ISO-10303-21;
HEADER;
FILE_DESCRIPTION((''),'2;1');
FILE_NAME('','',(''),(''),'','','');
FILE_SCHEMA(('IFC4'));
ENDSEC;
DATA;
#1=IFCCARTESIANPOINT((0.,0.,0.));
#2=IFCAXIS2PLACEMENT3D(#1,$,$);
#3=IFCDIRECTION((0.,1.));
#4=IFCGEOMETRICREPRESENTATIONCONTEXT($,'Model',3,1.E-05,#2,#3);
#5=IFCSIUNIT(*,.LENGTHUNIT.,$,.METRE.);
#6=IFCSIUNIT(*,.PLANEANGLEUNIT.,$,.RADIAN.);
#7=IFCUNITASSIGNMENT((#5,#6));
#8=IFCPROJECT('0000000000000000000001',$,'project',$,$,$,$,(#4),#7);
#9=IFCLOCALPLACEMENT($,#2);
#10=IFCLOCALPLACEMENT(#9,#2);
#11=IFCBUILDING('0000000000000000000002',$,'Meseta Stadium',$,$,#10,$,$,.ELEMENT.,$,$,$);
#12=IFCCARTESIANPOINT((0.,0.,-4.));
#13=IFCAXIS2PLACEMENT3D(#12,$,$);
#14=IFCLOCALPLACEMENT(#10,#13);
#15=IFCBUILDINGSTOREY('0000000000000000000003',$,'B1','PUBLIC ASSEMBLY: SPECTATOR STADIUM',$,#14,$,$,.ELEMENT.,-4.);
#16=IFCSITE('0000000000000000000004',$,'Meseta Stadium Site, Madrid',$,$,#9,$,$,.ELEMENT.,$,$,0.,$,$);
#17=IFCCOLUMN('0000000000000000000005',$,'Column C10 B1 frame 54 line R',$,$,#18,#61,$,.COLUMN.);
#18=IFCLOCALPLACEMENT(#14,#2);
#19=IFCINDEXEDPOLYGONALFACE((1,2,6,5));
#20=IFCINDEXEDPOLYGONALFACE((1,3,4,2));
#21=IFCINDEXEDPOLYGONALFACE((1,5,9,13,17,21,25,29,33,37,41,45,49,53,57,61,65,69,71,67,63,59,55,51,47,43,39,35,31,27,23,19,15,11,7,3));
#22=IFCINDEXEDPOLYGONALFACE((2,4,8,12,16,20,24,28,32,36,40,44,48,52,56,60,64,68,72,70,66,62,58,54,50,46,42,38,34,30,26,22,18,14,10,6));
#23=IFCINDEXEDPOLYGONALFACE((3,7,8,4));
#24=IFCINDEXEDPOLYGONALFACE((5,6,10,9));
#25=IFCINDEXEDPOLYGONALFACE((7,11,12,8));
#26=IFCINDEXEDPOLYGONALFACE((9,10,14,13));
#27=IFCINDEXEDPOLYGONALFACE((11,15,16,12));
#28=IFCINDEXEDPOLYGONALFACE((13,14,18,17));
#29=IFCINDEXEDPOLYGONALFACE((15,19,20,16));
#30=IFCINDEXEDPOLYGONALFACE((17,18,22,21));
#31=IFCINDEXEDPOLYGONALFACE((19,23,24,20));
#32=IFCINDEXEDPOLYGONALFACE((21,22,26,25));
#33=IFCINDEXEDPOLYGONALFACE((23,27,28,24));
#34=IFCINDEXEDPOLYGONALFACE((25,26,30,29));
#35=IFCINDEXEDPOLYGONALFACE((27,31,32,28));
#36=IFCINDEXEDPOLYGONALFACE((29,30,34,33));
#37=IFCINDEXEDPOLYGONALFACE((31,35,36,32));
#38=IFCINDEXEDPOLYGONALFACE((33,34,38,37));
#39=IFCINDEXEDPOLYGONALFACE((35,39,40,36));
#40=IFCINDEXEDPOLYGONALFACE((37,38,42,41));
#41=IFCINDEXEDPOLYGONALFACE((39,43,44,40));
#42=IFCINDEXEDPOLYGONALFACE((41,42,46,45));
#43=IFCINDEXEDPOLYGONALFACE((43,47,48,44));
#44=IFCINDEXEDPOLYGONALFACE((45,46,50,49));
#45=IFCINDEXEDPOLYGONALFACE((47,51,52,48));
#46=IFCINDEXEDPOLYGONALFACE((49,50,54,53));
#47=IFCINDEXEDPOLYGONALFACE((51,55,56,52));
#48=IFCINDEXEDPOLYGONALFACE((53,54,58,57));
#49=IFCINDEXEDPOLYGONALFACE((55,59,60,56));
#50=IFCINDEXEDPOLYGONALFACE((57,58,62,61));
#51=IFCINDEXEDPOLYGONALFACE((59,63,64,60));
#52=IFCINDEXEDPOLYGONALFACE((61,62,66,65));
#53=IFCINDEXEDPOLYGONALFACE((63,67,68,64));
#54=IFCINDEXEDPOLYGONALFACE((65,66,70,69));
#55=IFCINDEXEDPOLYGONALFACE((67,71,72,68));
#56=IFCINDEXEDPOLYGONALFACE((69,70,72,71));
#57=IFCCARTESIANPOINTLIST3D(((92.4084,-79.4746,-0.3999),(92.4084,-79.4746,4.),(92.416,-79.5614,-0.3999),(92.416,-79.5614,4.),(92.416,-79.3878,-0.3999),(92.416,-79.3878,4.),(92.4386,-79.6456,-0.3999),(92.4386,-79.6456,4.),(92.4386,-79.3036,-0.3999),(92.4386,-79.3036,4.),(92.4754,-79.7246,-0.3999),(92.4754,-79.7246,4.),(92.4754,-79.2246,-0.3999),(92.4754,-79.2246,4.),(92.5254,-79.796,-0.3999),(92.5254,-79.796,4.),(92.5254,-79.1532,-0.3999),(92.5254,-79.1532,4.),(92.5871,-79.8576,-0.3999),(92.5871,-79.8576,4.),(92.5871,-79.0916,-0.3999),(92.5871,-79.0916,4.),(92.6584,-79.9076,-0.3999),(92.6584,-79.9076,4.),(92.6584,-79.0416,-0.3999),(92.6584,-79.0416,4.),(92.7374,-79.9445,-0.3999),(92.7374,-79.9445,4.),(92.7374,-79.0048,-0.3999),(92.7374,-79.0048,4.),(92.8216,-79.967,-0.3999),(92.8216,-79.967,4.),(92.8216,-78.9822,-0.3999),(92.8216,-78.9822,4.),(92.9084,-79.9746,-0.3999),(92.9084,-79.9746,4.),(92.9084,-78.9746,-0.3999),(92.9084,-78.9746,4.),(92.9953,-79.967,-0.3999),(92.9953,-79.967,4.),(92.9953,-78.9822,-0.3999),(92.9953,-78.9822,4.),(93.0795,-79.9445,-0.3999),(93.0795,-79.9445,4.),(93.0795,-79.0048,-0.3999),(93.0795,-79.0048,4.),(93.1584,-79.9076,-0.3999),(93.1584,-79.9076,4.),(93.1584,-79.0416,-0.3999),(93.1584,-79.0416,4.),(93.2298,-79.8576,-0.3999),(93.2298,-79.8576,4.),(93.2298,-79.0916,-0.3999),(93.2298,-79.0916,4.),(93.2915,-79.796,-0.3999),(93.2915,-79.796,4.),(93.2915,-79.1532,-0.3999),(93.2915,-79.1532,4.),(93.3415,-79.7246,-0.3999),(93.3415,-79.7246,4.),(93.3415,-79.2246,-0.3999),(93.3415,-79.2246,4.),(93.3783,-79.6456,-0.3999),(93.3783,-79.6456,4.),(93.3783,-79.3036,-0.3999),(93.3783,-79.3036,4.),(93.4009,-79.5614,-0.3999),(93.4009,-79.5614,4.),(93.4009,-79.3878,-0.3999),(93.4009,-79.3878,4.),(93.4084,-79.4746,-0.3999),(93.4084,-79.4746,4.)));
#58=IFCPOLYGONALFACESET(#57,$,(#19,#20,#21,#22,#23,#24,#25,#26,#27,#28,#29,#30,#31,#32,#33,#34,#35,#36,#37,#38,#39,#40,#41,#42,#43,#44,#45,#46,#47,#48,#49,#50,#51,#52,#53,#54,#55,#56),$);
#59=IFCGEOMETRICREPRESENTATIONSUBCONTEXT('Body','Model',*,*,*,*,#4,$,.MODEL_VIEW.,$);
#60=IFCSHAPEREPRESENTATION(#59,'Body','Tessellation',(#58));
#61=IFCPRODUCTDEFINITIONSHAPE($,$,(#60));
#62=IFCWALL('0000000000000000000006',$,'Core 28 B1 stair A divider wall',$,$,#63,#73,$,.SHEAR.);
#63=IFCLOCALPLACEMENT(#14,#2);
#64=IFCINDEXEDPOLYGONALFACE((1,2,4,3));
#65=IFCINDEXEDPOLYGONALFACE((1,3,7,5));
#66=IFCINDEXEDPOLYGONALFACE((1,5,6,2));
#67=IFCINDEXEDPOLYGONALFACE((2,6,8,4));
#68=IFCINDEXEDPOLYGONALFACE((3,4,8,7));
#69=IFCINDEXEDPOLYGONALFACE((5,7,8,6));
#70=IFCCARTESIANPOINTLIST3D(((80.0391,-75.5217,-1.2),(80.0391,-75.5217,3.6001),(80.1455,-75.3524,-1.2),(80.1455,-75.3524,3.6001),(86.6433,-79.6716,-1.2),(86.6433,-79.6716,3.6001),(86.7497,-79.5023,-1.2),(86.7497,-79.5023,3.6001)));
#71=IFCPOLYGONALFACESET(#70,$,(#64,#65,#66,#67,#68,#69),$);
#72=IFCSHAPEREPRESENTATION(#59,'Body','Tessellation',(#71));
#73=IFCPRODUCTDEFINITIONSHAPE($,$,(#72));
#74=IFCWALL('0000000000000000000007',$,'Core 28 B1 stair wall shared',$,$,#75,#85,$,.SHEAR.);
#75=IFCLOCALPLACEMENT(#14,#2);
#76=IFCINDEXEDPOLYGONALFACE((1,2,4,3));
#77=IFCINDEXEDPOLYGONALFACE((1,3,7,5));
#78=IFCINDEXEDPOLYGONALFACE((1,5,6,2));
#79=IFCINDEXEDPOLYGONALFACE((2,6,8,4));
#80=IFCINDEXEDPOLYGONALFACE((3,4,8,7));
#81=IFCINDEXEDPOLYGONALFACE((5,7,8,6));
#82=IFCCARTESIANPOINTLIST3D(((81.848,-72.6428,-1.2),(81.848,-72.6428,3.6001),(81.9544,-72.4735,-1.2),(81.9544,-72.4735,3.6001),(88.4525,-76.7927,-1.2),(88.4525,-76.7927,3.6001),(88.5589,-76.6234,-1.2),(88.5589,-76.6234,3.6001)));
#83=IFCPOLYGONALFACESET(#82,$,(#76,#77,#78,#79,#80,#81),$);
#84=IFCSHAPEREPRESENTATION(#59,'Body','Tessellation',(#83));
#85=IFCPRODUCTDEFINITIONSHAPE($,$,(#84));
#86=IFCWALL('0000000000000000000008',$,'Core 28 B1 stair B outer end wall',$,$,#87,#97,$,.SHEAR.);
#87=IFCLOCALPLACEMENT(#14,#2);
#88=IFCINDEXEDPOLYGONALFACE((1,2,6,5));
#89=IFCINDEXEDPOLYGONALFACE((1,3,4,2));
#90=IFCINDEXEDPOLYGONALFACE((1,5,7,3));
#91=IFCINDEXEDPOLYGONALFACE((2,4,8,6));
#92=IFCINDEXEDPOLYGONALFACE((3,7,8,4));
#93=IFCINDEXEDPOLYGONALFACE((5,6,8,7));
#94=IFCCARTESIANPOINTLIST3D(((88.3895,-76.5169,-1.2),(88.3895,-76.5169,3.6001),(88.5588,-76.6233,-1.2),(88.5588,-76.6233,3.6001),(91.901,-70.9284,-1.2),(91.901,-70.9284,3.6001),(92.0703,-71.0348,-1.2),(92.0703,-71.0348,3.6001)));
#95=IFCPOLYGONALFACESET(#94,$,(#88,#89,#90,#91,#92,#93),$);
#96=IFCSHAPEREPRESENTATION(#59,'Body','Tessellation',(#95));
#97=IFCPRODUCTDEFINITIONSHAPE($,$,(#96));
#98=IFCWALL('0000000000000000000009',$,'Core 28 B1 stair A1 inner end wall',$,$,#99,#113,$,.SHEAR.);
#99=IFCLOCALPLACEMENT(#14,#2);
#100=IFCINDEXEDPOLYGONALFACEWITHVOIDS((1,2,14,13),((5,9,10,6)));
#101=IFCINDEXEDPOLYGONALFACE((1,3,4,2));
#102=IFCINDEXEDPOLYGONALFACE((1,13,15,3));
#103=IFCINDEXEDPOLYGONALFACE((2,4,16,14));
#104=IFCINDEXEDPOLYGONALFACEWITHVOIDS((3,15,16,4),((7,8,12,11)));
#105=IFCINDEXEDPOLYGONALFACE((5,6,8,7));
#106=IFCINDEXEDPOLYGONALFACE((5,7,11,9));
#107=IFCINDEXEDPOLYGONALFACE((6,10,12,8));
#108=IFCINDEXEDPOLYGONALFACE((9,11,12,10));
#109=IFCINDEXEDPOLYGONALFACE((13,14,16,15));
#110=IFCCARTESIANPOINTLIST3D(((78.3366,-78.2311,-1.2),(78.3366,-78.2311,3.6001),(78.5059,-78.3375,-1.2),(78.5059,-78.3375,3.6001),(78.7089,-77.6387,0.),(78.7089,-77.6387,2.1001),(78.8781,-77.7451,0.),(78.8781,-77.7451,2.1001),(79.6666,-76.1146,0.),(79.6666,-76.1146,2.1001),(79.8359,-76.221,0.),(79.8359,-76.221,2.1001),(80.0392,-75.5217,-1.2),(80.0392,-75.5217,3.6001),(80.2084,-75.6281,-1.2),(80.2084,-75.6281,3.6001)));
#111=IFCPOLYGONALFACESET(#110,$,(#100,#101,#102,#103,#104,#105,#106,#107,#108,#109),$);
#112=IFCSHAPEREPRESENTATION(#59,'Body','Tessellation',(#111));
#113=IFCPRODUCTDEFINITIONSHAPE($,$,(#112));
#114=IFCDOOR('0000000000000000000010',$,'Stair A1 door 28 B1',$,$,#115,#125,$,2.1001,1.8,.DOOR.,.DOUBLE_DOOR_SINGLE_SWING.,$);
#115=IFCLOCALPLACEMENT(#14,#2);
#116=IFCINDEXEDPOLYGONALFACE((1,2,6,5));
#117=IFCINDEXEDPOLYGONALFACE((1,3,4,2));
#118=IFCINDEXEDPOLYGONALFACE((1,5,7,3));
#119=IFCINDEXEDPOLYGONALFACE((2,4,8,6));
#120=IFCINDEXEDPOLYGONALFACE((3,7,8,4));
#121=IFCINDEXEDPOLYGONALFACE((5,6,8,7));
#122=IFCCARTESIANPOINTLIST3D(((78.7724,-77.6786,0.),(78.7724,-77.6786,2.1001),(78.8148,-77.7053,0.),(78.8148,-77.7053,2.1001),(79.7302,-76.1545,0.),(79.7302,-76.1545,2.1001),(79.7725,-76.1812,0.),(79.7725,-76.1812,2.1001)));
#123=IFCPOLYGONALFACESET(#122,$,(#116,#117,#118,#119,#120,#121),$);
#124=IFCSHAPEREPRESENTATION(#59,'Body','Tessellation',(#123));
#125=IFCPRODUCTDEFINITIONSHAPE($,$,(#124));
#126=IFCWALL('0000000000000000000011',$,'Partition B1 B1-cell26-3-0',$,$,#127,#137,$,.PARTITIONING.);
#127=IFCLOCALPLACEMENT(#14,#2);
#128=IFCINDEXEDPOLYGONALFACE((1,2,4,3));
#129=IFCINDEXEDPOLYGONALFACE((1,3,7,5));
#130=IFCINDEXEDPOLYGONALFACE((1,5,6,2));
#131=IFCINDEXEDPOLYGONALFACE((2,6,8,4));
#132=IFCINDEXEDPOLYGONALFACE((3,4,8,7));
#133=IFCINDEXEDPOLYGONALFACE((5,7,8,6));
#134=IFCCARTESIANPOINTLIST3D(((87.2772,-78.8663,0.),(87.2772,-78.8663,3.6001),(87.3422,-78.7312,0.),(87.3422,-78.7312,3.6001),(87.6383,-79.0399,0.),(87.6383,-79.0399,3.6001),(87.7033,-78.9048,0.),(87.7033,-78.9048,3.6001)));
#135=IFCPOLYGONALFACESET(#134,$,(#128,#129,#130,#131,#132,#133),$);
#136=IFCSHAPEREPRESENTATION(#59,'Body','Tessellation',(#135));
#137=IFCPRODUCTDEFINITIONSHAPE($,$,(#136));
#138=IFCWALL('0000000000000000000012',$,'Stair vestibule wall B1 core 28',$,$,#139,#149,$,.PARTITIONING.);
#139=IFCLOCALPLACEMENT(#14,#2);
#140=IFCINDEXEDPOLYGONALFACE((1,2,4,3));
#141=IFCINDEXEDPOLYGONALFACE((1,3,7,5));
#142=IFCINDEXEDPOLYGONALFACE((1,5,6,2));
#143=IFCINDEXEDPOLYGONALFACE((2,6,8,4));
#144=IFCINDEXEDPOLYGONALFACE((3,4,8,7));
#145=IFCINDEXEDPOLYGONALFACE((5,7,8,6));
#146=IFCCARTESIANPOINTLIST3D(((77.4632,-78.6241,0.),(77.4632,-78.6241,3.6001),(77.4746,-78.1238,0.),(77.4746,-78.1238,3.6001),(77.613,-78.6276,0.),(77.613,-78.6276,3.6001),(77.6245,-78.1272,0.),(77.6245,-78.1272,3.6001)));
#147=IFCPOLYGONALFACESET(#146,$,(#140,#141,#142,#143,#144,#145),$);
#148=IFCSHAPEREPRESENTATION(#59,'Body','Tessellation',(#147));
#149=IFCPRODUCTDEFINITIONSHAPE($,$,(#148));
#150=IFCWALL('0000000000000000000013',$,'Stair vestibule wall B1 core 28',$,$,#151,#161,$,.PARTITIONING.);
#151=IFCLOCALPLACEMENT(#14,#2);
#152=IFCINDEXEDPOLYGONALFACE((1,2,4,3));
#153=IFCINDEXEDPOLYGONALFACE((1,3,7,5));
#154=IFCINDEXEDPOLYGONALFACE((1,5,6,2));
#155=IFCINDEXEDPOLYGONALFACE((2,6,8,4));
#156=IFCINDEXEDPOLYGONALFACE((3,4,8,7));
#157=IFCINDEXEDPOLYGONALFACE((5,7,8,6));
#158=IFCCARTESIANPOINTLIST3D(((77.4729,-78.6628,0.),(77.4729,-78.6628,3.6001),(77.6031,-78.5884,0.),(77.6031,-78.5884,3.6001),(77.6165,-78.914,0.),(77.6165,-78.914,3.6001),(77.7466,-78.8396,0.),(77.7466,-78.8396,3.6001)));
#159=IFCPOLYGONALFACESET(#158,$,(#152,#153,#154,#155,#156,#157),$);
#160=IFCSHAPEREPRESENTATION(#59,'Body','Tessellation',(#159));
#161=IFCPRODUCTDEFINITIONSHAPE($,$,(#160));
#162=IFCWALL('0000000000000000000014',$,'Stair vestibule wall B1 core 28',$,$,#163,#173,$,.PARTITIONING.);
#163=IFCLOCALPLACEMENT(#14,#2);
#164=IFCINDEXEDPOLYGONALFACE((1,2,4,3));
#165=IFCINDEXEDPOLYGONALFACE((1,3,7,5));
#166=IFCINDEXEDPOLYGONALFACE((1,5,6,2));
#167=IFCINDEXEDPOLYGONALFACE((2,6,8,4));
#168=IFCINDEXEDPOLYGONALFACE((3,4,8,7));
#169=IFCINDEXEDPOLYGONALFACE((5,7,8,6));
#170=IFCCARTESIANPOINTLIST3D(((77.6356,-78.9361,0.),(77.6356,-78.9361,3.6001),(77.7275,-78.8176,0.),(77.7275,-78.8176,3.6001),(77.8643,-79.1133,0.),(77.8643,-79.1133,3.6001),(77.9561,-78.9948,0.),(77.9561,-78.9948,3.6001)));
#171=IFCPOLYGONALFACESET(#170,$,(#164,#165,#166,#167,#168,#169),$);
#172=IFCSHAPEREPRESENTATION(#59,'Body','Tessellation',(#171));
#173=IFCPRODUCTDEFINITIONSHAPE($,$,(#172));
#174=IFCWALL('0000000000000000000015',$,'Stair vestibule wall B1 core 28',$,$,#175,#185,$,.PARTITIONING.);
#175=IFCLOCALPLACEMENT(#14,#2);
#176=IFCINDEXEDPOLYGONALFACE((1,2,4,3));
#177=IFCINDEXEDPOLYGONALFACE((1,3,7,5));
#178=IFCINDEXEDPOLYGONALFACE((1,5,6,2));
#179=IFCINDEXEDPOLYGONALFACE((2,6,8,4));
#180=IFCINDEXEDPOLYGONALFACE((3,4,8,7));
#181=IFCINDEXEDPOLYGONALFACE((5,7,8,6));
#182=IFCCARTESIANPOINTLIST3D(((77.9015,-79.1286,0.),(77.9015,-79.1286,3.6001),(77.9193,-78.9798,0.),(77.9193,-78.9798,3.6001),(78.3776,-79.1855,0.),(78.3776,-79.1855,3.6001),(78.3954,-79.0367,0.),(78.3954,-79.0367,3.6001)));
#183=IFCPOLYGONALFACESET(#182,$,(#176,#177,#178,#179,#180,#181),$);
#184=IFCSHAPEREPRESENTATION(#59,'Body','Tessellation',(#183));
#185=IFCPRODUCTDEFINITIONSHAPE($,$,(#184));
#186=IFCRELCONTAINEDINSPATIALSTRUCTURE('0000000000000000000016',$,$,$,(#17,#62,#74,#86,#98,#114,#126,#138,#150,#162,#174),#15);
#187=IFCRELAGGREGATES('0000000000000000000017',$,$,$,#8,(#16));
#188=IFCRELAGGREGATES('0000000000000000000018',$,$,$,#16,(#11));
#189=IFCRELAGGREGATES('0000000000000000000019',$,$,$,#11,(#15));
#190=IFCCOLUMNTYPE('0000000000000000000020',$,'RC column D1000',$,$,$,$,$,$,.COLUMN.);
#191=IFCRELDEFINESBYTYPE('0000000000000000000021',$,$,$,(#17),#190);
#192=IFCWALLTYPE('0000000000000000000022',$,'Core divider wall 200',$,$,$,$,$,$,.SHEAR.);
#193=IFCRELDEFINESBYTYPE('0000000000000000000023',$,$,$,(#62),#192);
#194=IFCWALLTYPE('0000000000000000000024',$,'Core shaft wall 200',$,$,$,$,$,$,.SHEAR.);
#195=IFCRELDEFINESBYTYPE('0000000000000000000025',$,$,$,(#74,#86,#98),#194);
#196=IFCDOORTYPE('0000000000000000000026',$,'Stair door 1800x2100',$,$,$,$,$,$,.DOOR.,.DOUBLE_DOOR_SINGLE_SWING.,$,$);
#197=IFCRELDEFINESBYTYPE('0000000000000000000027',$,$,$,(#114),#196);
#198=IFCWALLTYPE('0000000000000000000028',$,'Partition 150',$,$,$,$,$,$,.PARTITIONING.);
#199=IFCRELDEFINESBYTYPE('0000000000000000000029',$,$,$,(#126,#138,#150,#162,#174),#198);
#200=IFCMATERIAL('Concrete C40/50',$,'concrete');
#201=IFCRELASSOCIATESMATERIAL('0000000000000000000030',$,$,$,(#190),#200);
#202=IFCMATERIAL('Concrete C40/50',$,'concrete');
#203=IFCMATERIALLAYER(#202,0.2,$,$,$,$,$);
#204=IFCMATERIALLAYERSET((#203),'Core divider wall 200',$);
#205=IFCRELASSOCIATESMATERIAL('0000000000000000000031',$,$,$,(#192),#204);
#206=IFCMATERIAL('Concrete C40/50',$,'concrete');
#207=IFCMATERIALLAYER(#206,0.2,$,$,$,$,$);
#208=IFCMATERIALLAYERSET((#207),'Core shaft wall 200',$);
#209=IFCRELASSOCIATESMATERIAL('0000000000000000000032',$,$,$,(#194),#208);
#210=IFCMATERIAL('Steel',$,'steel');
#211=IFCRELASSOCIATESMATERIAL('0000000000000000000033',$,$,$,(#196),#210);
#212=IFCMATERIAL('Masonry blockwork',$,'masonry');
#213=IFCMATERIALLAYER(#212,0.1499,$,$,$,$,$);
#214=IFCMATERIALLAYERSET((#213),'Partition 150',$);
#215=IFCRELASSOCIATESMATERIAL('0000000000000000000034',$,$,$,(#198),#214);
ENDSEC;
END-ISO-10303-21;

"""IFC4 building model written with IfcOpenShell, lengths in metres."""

from ifc_helpers import new_model, si_unit, direction, frame, frame_2d, origin, origin_2d, place, context, subcontext, project, spatial, rectangle, circle, extrude, material, layer, layer_set, material_profile, profile_set, type_object, element, fill, save


model = new_model("IFC4")

# Units and contexts
model_context = context("Model", 3, precision=1e-05, world=origin(), true_north=direction((0.0, 1.0)))
body_context = subcontext(model_context, "Body", "Model", "MODEL_VIEW")
ifc_project = project(units=[si_unit("LENGTHUNIT", "METRE"), si_unit("PLANEANGLEUNIT", "RADIAN")], contexts=[model_context])

# Site, building, storey
site_placement = place(None, origin())
site = spatial("IfcSite", under=ifc_project, at=site_placement, Name="Meseta Stadium Site, Madrid", CompositionType="ELEMENT", RefElevation=0.0)
building_placement = place(site_placement, origin())
building = spatial("IfcBuilding", under=site, at=building_placement, Name="Meseta Stadium", CompositionType="ELEMENT")
storey_placement = place(building_placement, frame((0.0, 0.0, -4.0)))
storey = spatial("IfcBuildingStorey", under=building, at=storey_placement, Name="B1", Description="PUBLIC ASSEMBLY: SPECTATOR STADIUM", CompositionType="ELEMENT", Elevation=-4.0)

# Column
ifc_material_1 = material(Name="Concrete C40/50", Category="concrete")
ifc_material_profile = material_profile(ifc_material_1, circle(Radius=0.5, at=origin_2d()), Name="RC D1000")
ifc_profile_set = profile_set([ifc_material_profile], Name="Concrete C40/50")
column_type = type_object("IfcColumnType", Name="RC column D1000", PredefinedType="COLUMN", material=ifc_profile_set)
column_placement = place(storey_placement, frame((92.9084, -79.4746, -0.3999), z_axis=(0.0, 0.0, 1.0), x_axis=(1.0, 0.0, 0.0)))
element("IfcColumn", 1, at=column_placement, inside=storey, type_object=column_type, Name="Column C10 B1 frame 54 line R", PredefinedType="COLUMN", context=body_context, shape_type="SweptSolid", body=[
    extrude(circle(Radius=0.5, at=origin_2d()), origin(), (0.0, 0.0, 1.0), 4.3999),
])

# Walls
ifc_material_2 = material(Name="Concrete C40/50", Category="concrete")
ifc_layer_1 = layer(ifc_material_2, 0.2)
ifc_layer_set_1 = layer_set([ifc_layer_1], Name="Core divider wall 200")
wall_type_1 = type_object("IfcWallType", Name="Core divider wall 200", PredefinedType="SHEAR", material=ifc_layer_set_1)
wall_1_placement = place(storey_placement, frame((86.6965, -79.5869, -1.2), z_axis=(0.0, 0.0, 1.0), x_axis=(-0.846714, 0.532048, 0.0)))
element("IfcWall", 2, at=wall_1_placement, inside=storey, type_object=wall_type_1, Name="Core 28 B1 stair A divider wall", PredefinedType="SHEAR", context=body_context, shape_type="SweptSolid", body=[
    extrude(rectangle(XDim=7.7998, YDim=0.2, at=frame_2d((3.8999, 0.0))), origin(), (0.0, 0.0, 1.0), 4.8),
])
ifc_material_3 = material(Name="Concrete C40/50", Category="concrete")
ifc_layer_2 = layer(ifc_material_3, 0.2)
ifc_layer_set_2 = layer_set([ifc_layer_2], Name="Core shaft wall 200")
wall_type_2 = type_object("IfcWallType", Name="Core shaft wall 200", PredefinedType="SHEAR", material=ifc_layer_set_2)
wall_2_placement = place(storey_placement, frame((88.5056, -76.708, -1.2), z_axis=(0.0, 0.0, 1.0), x_axis=(-0.846723, 0.532034, 0.0)))
element("IfcWall", 3, at=wall_2_placement, inside=storey, type_object=wall_type_2, Name="Core 28 B1 stair wall shared", PredefinedType="SHEAR", context=body_context, shape_type="SweptSolid", body=[
    extrude(rectangle(XDim=7.8, YDim=0.2, at=frame_2d((3.8999, 0.0))), origin(), (0.0, 0.0, 1.0), 4.8),
])
wall_3_placement = place(storey_placement, frame((88.4741, -76.5701, -1.2), z_axis=(0.0, 0.0, 1.0), x_axis=(0.532039, 0.84672, 0.0)))
element("IfcWall", 4, at=wall_3_placement, inside=storey, type_object=wall_type_2, Name="Core 28 B1 stair B outer end wall", PredefinedType="SHEAR", context=body_context, shape_type="SweptSolid", body=[
    extrude(rectangle(XDim=6.6001, YDim=0.2, at=frame_2d((3.3, 0.0))), origin(), (0.0, 0.0, 1.0), 4.8),
])

# Wall, opening, door
wall_4_placement = place(storey_placement, frame((78.4211, -78.2844, -1.2), z_axis=(0.0, 0.0, 1.0), x_axis=(0.532068, 0.846701, 0.0)))
wall_4 = element("IfcWall", 5, at=wall_4_placement, inside=storey, type_object=wall_type_2, Name="Core 28 B1 stair A1 inner end wall", PredefinedType="SHEAR", context=body_context, shape_type="SweptSolid", body=[
    extrude(rectangle(XDim=3.2, YDim=0.2, at=frame_2d((1.6001, 0.0))), origin(), (0.0, 0.0, 1.0), 4.8),
])
opening_placement = place(wall_4_placement, frame((0.7, 0.0, 1.2)))
opening = element("IfcOpeningElement", 6, at=opening_placement, cuts=wall_4, PredefinedType="OPENING", context=body_context, shape_type="SweptSolid", body=[
    extrude(rectangle(XDim=1.8, YDim=2.1001, at=frame_2d((0.8999, 1.05))), frame((0.0, 0.1099, 0.0), z_axis=(0.0, -1.0, 0.0), x_axis=(1.0, 0.0, 0.0)), (0.0, 0.0, 1.0), 0.22),
])
ifc_material_4 = material(Name="Steel", Category="steel")
door_type = type_object("IfcDoorType", Name="Stair door 1800x2100", OperationType="DOUBLE_DOOR_SINGLE_SWING", PredefinedType="DOOR", material=ifc_material_4)
door_placement = place(opening_placement, origin())
door = element("IfcDoor", 7, at=door_placement, inside=storey, type_object=door_type, Name="Stair A1 door 28 B1", OperationType="DOUBLE_DOOR_SINGLE_SWING", OverallHeight=2.1001, OverallWidth=1.8, PredefinedType="DOOR", context=body_context, shape_type="SweptSolid", body=[
    extrude(rectangle(XDim=1.8, YDim=2.1001, at=frame_2d((0.8999, 1.05))), frame((0.0, 0.0249, 0.0), z_axis=(0.0, -1.0, 0.0), x_axis=(1.0, 0.0, 0.0)), (0.0, 0.0, 1.0), 0.05),
])
fill(opening, door)

# Walls
ifc_material_5 = material(Name="Masonry blockwork", Category="masonry")
ifc_layer_3 = layer(ifc_material_5, 0.1499)
ifc_layer_set_3 = layer_set([ifc_layer_3], Name="Partition 150")
wall_type_3 = type_object("IfcWallType", Name="Partition 150", PredefinedType="PARTITIONING", material=ifc_layer_set_3)
wall_5_placement = place(storey_placement, frame((87.3098, -78.7988, 0.0), z_axis=(0.0, 0.0, 1.0), x_axis=(0.901266, -0.433266, 0.0)))
element("IfcWall", 8, at=wall_5_placement, inside=storey, type_object=wall_type_3, Name="Partition B1 B1-cell26-3-0", PredefinedType="PARTITIONING", context=body_context, shape_type="SweptSolid", body=[
    extrude(rectangle(XDim=0.4006, YDim=0.1499, at=frame_2d((0.2002, 0.0))), origin(), (0.0, 0.0, 1.0), 3.6001),
])
wall_6_placement = place(storey_placement, frame((77.5496, -78.1255, 0.0), z_axis=(0.0, 0.0, 1.0), x_axis=(-0.022932, -0.999737, 0.0)))
element("IfcWall", 9, at=wall_6_placement, inside=storey, type_object=wall_type_3, Name="Stair vestibule wall B1 core 28", PredefinedType="PARTITIONING", context=body_context, shape_type="SweptSolid", body=[
    extrude(rectangle(XDim=0.5005, YDim=0.1499, at=frame_2d((0.2502, 0.0))), origin(), (0.0, 0.0, 1.0), 3.6001),
])
for number, where, z_axis, x_axis, name in (
    (10, (77.5381, -78.6257, 0.0), (0.0, 0.0, 1.0), (0.496139, -0.868243, 0.0), "Stair vestibule wall B1 core 28"),
    (11, (77.6816, -78.877, 0.0), (0.0, 0.0, 1.0), (0.790487, -0.612479, 0.0), "Stair vestibule wall B1 core 28"),
):
    element("IfcWall", number, at=place(storey_placement, frame(where, z_axis=z_axis, x_axis=x_axis)), inside=storey, type_object=wall_type_3, Name=name, PredefinedType="PARTITIONING", context=body_context, shape_type="SweptSolid", body=[
        extrude(rectangle(XDim=0.2893, YDim=0.1499, at=frame_2d((0.1445, 0.0))), origin(), (0.0, 0.0, 1.0), 3.6001),
    ])
wall_7_placement = place(storey_placement, frame((77.9104, -79.0542, 0.0), z_axis=(0.0, 0.0, 1.0), x_axis=(0.992937, -0.118643, 0.0)))
element("IfcWall", 12, at=wall_7_placement, inside=storey, type_object=wall_type_3, Name="Stair vestibule wall B1 core 28", PredefinedType="PARTITIONING", context=body_context, shape_type="SweptSolid", body=[
    extrude(rectangle(XDim=0.4795, YDim=0.1499, at=frame_2d((0.2397, 0.0))), origin(), (0.0, 0.0, 1.0), 3.6001),
])

save(model, "model.ifc")
